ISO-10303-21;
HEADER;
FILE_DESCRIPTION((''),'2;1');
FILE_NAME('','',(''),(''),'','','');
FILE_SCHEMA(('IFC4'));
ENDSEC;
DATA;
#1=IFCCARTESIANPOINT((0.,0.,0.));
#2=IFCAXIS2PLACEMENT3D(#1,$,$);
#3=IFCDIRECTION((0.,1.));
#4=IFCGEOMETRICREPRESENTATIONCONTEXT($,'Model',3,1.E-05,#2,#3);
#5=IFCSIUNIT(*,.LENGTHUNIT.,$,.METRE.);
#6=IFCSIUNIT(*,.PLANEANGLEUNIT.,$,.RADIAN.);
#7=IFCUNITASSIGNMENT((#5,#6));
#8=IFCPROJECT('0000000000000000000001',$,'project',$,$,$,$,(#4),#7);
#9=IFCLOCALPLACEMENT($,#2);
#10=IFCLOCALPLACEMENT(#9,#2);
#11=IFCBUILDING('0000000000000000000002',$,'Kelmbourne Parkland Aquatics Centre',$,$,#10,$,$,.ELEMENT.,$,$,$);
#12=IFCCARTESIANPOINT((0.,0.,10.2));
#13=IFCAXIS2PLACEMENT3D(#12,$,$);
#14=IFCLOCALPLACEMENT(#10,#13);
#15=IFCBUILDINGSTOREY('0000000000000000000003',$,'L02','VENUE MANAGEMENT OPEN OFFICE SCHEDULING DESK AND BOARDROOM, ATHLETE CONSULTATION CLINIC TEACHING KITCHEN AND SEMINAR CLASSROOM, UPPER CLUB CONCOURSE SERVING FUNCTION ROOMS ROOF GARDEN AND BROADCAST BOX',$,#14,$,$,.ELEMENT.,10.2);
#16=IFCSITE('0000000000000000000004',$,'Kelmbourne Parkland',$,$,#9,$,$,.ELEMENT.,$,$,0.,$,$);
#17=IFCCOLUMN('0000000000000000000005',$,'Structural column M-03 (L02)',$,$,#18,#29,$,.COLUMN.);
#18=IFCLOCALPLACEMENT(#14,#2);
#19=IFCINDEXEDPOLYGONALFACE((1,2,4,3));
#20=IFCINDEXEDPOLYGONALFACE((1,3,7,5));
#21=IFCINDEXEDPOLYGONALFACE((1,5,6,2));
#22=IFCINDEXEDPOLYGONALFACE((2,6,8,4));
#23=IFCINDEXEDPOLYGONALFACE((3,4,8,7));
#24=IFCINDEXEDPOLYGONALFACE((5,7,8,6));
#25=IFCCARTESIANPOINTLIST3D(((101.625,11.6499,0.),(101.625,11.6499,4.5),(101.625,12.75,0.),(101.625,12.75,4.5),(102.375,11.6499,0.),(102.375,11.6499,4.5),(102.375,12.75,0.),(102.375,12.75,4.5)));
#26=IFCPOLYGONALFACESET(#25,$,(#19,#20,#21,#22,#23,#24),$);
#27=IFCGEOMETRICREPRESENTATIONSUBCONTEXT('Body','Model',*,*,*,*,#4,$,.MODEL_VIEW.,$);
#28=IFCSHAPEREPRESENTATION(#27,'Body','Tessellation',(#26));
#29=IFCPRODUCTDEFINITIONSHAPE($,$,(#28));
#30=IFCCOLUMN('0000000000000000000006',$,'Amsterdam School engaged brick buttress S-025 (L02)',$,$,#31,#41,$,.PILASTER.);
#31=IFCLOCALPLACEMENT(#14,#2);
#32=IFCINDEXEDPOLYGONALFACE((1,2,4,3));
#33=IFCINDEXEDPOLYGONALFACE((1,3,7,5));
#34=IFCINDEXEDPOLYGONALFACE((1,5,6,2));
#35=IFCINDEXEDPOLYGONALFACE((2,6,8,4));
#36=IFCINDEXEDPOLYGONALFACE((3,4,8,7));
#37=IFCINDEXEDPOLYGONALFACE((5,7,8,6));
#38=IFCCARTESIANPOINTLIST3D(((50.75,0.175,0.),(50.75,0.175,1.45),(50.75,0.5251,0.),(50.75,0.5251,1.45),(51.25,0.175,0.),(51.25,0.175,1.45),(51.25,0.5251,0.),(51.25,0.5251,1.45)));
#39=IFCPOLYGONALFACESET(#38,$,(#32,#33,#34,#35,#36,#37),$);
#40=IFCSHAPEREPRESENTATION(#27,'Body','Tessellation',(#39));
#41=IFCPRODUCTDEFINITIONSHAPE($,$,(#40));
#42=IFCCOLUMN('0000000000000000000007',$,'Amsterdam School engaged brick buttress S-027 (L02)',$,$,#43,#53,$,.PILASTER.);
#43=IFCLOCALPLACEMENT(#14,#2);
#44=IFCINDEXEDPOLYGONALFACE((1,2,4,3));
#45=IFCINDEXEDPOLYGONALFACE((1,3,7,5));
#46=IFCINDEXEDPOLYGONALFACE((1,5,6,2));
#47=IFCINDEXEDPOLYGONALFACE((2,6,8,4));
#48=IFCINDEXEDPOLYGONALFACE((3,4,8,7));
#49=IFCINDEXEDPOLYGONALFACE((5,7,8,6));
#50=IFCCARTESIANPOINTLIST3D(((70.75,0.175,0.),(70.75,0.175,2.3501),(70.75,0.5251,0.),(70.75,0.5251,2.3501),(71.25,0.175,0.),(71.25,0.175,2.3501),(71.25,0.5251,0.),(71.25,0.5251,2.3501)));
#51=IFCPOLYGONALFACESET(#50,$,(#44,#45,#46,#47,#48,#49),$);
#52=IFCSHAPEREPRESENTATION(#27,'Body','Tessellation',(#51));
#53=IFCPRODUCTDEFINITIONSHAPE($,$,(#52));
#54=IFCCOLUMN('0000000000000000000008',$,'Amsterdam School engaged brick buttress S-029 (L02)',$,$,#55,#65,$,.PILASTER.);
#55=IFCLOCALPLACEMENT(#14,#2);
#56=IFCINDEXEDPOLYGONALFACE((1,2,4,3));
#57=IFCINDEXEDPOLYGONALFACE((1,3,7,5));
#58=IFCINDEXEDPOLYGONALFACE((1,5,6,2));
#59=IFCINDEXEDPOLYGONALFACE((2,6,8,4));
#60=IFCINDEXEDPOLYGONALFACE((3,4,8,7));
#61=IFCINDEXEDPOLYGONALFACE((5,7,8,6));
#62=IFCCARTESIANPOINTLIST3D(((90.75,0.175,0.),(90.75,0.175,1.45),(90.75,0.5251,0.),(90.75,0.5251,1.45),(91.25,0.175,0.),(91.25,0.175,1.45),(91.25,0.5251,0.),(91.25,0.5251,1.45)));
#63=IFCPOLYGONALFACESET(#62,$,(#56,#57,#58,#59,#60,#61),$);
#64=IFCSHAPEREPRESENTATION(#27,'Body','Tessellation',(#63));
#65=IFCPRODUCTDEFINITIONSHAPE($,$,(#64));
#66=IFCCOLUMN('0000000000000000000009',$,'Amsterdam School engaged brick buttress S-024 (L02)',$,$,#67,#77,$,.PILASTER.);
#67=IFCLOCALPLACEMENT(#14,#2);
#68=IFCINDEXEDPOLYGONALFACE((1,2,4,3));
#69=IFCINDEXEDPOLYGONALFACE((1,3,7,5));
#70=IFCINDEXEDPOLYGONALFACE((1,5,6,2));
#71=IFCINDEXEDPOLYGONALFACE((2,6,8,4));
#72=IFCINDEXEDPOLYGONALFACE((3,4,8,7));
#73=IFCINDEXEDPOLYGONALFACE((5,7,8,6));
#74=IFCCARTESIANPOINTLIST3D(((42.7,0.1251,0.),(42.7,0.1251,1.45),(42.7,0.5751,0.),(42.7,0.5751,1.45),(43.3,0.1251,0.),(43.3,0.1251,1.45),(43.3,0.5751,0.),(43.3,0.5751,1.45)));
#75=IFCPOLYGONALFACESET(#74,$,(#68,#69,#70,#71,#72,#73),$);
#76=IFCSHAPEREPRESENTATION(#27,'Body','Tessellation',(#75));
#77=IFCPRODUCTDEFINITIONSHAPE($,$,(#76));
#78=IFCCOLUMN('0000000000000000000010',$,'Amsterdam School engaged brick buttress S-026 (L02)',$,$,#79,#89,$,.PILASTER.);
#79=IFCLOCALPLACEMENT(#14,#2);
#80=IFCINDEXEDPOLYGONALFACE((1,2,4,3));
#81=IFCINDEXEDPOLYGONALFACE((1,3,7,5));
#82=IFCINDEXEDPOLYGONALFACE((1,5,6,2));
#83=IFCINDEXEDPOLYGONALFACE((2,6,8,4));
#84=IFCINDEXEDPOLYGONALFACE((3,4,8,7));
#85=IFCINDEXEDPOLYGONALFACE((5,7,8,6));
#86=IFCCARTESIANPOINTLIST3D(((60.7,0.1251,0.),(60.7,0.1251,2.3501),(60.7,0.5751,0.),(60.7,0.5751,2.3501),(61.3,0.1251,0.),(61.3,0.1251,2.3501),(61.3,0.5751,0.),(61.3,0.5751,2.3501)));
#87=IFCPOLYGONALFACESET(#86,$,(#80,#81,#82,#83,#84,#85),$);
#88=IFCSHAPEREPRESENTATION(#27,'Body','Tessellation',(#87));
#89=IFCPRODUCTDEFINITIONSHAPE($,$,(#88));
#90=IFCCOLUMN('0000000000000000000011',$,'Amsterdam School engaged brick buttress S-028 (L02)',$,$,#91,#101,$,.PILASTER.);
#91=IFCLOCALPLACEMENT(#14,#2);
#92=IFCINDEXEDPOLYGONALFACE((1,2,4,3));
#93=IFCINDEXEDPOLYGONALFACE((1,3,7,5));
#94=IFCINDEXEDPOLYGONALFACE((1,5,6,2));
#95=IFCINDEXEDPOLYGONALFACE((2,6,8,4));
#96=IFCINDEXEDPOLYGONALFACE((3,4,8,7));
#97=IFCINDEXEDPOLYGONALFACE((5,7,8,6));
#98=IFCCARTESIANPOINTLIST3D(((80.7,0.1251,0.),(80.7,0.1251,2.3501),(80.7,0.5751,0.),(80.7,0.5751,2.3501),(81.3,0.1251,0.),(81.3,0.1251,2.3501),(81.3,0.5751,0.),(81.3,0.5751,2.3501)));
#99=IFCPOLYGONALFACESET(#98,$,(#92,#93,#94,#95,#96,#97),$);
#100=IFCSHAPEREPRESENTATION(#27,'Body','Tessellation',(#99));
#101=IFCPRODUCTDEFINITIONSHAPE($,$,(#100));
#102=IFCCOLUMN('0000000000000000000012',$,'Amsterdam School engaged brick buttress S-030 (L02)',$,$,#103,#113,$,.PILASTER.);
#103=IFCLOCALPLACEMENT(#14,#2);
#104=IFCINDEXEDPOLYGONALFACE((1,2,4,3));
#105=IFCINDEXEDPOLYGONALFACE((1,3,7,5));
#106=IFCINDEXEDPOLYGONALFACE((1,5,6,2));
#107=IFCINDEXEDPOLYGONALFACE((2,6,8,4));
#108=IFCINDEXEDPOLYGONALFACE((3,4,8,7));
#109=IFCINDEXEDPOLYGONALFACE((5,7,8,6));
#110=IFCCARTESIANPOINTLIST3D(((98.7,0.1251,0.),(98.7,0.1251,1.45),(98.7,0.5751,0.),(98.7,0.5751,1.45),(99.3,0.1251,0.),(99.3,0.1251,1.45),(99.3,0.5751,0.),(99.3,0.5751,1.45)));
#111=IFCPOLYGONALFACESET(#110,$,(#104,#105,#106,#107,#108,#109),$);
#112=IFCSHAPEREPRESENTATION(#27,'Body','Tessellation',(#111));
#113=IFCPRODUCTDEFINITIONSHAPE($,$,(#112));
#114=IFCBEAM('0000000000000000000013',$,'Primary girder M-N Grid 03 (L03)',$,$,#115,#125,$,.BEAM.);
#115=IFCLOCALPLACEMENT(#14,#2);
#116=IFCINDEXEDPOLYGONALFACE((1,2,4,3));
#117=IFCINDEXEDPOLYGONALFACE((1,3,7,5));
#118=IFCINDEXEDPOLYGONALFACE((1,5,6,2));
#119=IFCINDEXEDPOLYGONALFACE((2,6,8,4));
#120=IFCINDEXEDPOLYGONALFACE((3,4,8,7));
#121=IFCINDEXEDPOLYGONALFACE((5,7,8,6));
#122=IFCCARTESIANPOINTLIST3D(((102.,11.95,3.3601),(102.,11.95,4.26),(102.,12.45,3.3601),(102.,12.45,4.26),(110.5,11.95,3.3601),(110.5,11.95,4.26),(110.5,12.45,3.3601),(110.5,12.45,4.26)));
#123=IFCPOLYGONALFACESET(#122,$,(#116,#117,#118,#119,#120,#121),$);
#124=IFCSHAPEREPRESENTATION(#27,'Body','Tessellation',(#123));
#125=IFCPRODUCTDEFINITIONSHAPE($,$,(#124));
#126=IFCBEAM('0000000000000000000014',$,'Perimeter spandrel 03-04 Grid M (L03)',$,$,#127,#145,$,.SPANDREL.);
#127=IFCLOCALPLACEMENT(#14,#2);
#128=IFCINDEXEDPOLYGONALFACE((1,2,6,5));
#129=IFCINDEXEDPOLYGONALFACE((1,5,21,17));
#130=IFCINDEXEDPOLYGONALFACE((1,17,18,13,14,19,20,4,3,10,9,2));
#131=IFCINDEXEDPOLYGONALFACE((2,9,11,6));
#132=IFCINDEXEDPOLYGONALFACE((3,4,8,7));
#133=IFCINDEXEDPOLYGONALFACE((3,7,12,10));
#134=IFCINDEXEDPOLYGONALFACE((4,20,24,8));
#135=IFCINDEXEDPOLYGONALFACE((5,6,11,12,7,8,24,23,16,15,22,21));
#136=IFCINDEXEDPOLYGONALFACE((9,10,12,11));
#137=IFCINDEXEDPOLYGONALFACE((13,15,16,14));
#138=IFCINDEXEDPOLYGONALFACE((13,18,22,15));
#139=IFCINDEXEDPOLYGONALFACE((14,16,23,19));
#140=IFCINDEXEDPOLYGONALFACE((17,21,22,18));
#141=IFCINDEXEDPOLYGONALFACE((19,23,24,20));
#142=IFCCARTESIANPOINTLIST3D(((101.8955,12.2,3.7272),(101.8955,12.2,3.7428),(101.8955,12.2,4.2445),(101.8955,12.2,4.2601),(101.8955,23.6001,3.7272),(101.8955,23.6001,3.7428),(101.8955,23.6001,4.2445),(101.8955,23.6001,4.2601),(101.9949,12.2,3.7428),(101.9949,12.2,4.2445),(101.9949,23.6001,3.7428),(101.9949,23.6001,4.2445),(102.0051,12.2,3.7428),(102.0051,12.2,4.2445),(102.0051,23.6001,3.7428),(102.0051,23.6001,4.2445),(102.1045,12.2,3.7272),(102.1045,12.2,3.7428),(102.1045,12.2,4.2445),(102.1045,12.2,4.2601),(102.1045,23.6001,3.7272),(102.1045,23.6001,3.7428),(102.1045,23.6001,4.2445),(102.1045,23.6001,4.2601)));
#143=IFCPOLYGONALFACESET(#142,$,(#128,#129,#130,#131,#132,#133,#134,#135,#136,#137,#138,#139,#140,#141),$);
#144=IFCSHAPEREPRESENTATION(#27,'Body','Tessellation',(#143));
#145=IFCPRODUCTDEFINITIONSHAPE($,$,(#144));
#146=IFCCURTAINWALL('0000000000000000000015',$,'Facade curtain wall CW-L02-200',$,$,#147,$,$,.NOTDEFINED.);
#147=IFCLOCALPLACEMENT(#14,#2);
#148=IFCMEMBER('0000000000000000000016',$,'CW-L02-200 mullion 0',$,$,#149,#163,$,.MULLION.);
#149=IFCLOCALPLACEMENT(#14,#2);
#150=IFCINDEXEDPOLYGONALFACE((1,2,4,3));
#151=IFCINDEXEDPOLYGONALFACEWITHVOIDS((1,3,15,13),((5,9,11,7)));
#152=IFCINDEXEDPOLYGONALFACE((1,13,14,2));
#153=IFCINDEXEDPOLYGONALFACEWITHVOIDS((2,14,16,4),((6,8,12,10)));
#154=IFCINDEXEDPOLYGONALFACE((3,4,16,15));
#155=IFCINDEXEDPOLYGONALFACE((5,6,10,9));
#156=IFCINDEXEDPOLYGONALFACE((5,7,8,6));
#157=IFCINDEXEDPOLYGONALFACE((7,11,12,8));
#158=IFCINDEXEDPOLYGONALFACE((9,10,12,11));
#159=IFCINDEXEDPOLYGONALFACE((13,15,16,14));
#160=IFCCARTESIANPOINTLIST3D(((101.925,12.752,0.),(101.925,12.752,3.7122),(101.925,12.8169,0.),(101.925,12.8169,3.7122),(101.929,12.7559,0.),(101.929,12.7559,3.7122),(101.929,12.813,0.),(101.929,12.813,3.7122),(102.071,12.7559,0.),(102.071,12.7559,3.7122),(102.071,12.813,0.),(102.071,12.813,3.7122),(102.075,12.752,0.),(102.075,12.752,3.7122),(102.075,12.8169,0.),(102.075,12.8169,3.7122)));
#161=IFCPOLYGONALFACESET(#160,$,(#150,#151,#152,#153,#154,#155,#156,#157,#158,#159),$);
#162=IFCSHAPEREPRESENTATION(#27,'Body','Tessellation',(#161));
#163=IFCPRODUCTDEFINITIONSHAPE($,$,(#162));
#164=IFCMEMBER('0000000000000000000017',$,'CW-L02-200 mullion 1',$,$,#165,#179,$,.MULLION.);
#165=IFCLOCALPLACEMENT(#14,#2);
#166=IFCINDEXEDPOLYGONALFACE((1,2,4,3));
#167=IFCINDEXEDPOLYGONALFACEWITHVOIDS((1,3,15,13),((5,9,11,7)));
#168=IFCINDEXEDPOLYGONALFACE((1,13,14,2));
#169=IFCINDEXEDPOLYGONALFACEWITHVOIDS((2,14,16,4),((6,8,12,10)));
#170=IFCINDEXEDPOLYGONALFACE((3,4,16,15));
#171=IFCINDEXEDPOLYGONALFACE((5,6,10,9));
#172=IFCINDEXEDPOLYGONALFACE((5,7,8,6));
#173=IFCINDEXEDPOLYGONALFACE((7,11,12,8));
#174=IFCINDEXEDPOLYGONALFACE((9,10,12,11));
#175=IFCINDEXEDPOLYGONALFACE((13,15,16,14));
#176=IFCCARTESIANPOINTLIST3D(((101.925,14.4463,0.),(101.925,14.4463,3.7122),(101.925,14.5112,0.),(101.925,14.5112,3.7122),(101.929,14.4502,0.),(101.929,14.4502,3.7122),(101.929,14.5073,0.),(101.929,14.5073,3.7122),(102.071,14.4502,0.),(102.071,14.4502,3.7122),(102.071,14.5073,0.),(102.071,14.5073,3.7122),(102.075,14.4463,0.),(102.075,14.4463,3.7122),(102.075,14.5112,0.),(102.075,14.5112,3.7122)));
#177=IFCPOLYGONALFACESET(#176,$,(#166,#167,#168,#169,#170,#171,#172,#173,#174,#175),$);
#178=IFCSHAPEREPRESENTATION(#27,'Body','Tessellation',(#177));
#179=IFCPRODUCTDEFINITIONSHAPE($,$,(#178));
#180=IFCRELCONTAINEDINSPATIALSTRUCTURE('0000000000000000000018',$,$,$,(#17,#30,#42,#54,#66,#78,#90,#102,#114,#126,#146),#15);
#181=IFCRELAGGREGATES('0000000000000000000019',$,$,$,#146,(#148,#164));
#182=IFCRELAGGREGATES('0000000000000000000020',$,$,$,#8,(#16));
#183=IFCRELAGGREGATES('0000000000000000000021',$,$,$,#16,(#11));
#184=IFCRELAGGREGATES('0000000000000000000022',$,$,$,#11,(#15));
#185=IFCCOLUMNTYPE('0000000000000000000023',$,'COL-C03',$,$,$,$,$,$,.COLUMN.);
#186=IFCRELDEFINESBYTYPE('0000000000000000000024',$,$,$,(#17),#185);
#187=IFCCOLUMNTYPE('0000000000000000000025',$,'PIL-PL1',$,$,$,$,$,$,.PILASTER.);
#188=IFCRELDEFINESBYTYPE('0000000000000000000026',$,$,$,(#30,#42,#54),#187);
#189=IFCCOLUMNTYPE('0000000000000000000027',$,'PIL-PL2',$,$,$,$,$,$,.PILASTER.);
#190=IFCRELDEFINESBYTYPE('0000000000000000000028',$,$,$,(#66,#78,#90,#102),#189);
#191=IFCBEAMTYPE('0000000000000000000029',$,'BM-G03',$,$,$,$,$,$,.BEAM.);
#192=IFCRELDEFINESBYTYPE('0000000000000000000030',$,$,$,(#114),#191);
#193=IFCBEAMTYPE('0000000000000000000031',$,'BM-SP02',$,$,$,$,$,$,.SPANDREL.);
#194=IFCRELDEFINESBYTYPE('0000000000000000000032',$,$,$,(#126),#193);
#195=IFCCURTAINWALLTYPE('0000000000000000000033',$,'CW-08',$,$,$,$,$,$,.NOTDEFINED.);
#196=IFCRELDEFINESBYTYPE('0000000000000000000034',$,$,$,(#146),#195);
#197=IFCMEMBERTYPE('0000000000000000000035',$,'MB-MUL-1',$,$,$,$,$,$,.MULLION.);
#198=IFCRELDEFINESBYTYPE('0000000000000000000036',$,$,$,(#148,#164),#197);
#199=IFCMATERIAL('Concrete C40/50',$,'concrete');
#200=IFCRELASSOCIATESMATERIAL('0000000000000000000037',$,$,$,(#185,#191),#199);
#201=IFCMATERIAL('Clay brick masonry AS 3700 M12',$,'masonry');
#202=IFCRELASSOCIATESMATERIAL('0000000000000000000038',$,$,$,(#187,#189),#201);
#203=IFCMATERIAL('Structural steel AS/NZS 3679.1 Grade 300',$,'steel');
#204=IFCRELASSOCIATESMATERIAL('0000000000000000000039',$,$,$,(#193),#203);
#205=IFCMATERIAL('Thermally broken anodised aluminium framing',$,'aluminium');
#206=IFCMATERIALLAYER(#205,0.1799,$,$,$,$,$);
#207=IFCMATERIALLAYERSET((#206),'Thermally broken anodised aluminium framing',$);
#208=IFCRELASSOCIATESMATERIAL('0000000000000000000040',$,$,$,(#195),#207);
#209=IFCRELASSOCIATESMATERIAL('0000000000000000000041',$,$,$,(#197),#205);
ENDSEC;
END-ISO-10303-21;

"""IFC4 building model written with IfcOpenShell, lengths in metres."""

from ifc_helpers import new_model, si_unit, direction, frame, origin, origin_2d, place, context, subcontext, project, spatial, rectangle, hollow_rectangle, i_section, extrude, material, layer, layer_set, material_profile, profile_set, type_object, element, aggregate, save


model = new_model("IFC4")

# Units and contexts
model_context = context("Model", 3, precision=1e-05, world=origin(), true_north=direction((0.0, 1.0)))
body_context = subcontext(model_context, "Body", "Model", "MODEL_VIEW")
ifc_project = project(units=[si_unit("LENGTHUNIT", "METRE"), si_unit("PLANEANGLEUNIT", "RADIAN")], contexts=[model_context])

# Site, building, storey
site_placement = place(None, origin())
site = spatial("IfcSite", under=ifc_project, at=site_placement, Name="Kelmbourne Parkland", CompositionType="ELEMENT", RefElevation=0.0)
building_placement = place(site_placement, origin())
building = spatial("IfcBuilding", under=site, at=building_placement, Name="Kelmbourne Parkland Aquatics Centre", CompositionType="ELEMENT")
storey_placement = place(building_placement, frame((0.0, 0.0, 10.2)))
storey = spatial("IfcBuildingStorey", under=building, at=storey_placement, Name="L02", Description="VENUE MANAGEMENT OPEN OFFICE SCHEDULING DESK AND BOARDROOM, ATHLETE CONSULTATION CLINIC TEACHING KITCHEN AND SEMINAR CLASSROOM, UPPER CLUB CONCOURSE SERVING FUNCTION ROOMS ROOF GARDEN AND BROADCAST BOX", CompositionType="ELEMENT", Elevation=10.2)

# Columns
ifc_material_1 = material(Name="Concrete C40/50", Category="concrete")
ifc_material_profile_1 = material_profile(ifc_material_1, rectangle(XDim=0.75, YDim=1.1001, at=origin_2d()), Name="RC 750x1100")
ifc_profile_set_1 = profile_set([ifc_material_profile_1], Name="Concrete C40/50")
column_type_1 = type_object("IfcColumnType", Name="COL-C03", PredefinedType="COLUMN", material=ifc_profile_set_1)
column_1_placement = place(storey_placement, frame((102.0, 12.2, 0.0), z_axis=(0.0, 0.0, 1.0), x_axis=(1.0, 0.0, 0.0)))
element("IfcColumn", 1, at=column_1_placement, inside=storey, type_object=column_type_1, Name="Structural column M-03 (L02)", PredefinedType="COLUMN", context=body_context, shape_type="SweptSolid", body=[
    extrude(rectangle(XDim=0.75, YDim=1.1001, at=origin_2d()), origin(), (0.0, 0.0, 1.0), 4.5),
])
ifc_material_2 = material(Name="Clay brick masonry AS 3700 M12", Category="masonry")
ifc_material_profile_2 = material_profile(ifc_material_2, rectangle(XDim=0.3501, YDim=0.5, at=origin_2d()), Name="PIL 350x500")
ifc_profile_set_2 = profile_set([ifc_material_profile_2], Name="Clay brick masonry AS 3700 M12")
column_type_2 = type_object("IfcColumnType", Name="PIL-PL1", PredefinedType="PILASTER", material=ifc_profile_set_2)
column_2_placement = place(storey_placement, frame((51.0, 0.3501, 0.0), z_axis=(0.0, 0.0, 1.0), x_axis=(0.0, 1.0, 0.0)))
element("IfcColumn", 2, at=column_2_placement, inside=storey, type_object=column_type_2, Name="Amsterdam School engaged brick buttress S-025 (L02)", PredefinedType="PILASTER", context=body_context, shape_type="SweptSolid", body=[
    extrude(rectangle(XDim=0.3501, YDim=0.5, at=origin_2d()), origin(), (0.0, 0.0, 1.0), 1.45),
])
column_3_placement = place(storey_placement, frame((71.0, 0.3501, 0.0), z_axis=(0.0, 0.0, 1.0), x_axis=(0.0, 1.0, 0.0)))
element("IfcColumn", 3, at=column_3_placement, inside=storey, type_object=column_type_2, Name="Amsterdam School engaged brick buttress S-027 (L02)", PredefinedType="PILASTER", context=body_context, shape_type="SweptSolid", body=[
    extrude(rectangle(XDim=0.3501, YDim=0.5, at=origin_2d()), origin(), (0.0, 0.0, 1.0), 2.3501),
])
column_4_placement = place(storey_placement, frame((91.0, 0.3501, 0.0), z_axis=(0.0, 0.0, 1.0), x_axis=(0.0, 1.0, 0.0)))
element("IfcColumn", 4, at=column_4_placement, inside=storey, type_object=column_type_2, Name="Amsterdam School engaged brick buttress S-029 (L02)", PredefinedType="PILASTER", context=body_context, shape_type="SweptSolid", body=[
    extrude(rectangle(XDim=0.3501, YDim=0.5, at=origin_2d()), origin(), (0.0, 0.0, 1.0), 1.45),
])
ifc_material_profile_3 = material_profile(ifc_material_2, rectangle(XDim=0.45, YDim=0.6001, at=origin_2d()), Name="PIL 450x600")
ifc_profile_set_3 = profile_set([ifc_material_profile_3], Name="Clay brick masonry AS 3700 M12")
column_type_3 = type_object("IfcColumnType", Name="PIL-PL2", PredefinedType="PILASTER", material=ifc_profile_set_3)
column_5_placement = place(storey_placement, frame((43.0, 0.3501, 0.0), z_axis=(0.0, 0.0, 1.0), x_axis=(0.0, 1.0, 0.0)))
element("IfcColumn", 5, at=column_5_placement, inside=storey, type_object=column_type_3, Name="Amsterdam School engaged brick buttress S-024 (L02)", PredefinedType="PILASTER", context=body_context, shape_type="SweptSolid", body=[
    extrude(rectangle(XDim=0.45, YDim=0.6001, at=origin_2d()), origin(), (0.0, 0.0, 1.0), 1.45),
])
for number, where, z_axis, x_axis, name in (
    (6, (61.0, 0.3501, 0.0), (0.0, 0.0, 1.0), (0.0, 1.0, 0.0), "Amsterdam School engaged brick buttress S-026 (L02)"),
    (7, (81.0, 0.3501, 0.0), (0.0, 0.0, 1.0), (0.0, 1.0, 0.0), "Amsterdam School engaged brick buttress S-028 (L02)"),
):
    element("IfcColumn", number, at=place(storey_placement, frame(where, z_axis=z_axis, x_axis=x_axis)), inside=storey, type_object=column_type_3, Name=name, PredefinedType="PILASTER", context=body_context, shape_type="SweptSolid", body=[
        extrude(rectangle(XDim=0.45, YDim=0.6001, at=origin_2d()), origin(), (0.0, 0.0, 1.0), 2.3501),
    ])
column_6_placement = place(storey_placement, frame((99.0, 0.3501, 0.0), z_axis=(0.0, 0.0, 1.0), x_axis=(0.0, 1.0, 0.0)))
element("IfcColumn", 8, at=column_6_placement, inside=storey, type_object=column_type_3, Name="Amsterdam School engaged brick buttress S-030 (L02)", PredefinedType="PILASTER", context=body_context, shape_type="SweptSolid", body=[
    extrude(rectangle(XDim=0.45, YDim=0.6001, at=origin_2d()), origin(), (0.0, 0.0, 1.0), 1.45),
])

# Beams
ifc_material_profile_4 = material_profile(ifc_material_1, rectangle(XDim=0.5, YDim=0.8999, at=origin_2d()), Name="RC 500x900")
ifc_profile_set_4 = profile_set([ifc_material_profile_4], Name="Concrete C40/50")
beam_type_1 = type_object("IfcBeamType", Name="BM-G03", PredefinedType="BEAM", material=ifc_profile_set_4)
beam_1_placement = place(storey_placement, frame((102.0, 12.2, 3.8101), z_axis=(1.0, 0.0, 0.0), x_axis=(0.0, 1.0, 0.0)))
element("IfcBeam", 9, at=beam_1_placement, inside=storey, type_object=beam_type_1, Name="Primary girder M-N Grid 03 (L03)", PredefinedType="BEAM", context=body_context, shape_type="SweptSolid", body=[
    extrude(rectangle(XDim=0.5, YDim=0.8999, at=origin_2d()), origin(), (0.0, 0.0, 1.0), 8.5),
])
ifc_material_3 = material(Name="Structural steel AS/NZS 3679.1 Grade 300", Category="steel")
ifc_material_profile_5 = material_profile(ifc_material_3, i_section(OverallWidth=0.209, OverallDepth=0.533, WebThickness=0.0103, FlangeThickness=0.0156, at=origin_2d()), Name="530UB92.4")
ifc_profile_set_5 = profile_set([ifc_material_profile_5], Name="Structural steel AS/NZS 3679.1 Grade 300")
beam_type_2 = type_object("IfcBeamType", Name="BM-SP02", PredefinedType="SPANDREL", material=ifc_profile_set_5)
beam_2_placement = place(storey_placement, frame((102.0, 12.2, 3.9937), z_axis=(0.0, 1.0, 0.0), x_axis=(-1.0, 0.0, 0.0)))
element("IfcBeam", 10, at=beam_2_placement, inside=storey, type_object=beam_type_2, Name="Perimeter spandrel 03-04 Grid M (L03)", PredefinedType="SPANDREL", context=body_context, shape_type="SweptSolid", body=[
    extrude(i_section(OverallWidth=0.209, OverallDepth=0.533, WebThickness=0.0103, FlangeThickness=0.0156, at=origin_2d()), origin(), (0.0, 0.0, 1.0), 11.4001),
])

# Curtain wall, members
ifc_material_4 = material(Name="Thermally broken anodised aluminium framing", Category="aluminium")
ifc_layer_1 = layer(ifc_material_4, 0.1799)
ifc_layer_set_1 = layer_set([ifc_layer_1], Name="Thermally broken anodised aluminium framing")
curtain_wall_type = type_object("IfcCurtainWallType", Name="CW-08", PredefinedType="NOTDEFINED", material=ifc_layer_set_1)
curtain_wall_placement = place(storey_placement, origin())
curtain_wall = element("IfcCurtainWall", 11, at=curtain_wall_placement, inside=storey, type_object=curtain_wall_type, Name="Facade curtain wall CW-L02-200", PredefinedType="NOTDEFINED")
ifc_material_profile_6 = material_profile(ifc_material_4, hollow_rectangle(XDim=0.0649, YDim=0.1499, WallThickness=0.0039, at=origin_2d()), Name="CW-M 65x150")
ifc_profile_set_6 = profile_set([ifc_material_profile_6], Name="Thermally broken anodised aluminium framing")
member_type_1 = type_object("IfcMemberType", Name="MB-MUL-1", PredefinedType="MULLION", material=ifc_profile_set_6)
member_1_placement = place(storey_placement, frame((102.0, 12.7844, 0.0), z_axis=(0.0, 0.0, 1.0), x_axis=(0.0, 1.0, 0.0)))
member_1 = element("IfcMember", 12, at=member_1_placement, type_object=member_type_1, Name="CW-L02-200 mullion 0", PredefinedType="MULLION", context=body_context, shape_type="SweptSolid", body=[
    extrude(hollow_rectangle(XDim=0.0649, YDim=0.1499, WallThickness=0.0039, at=origin_2d()), origin(), (0.0, 0.0, 1.0), 3.7122),
])
member_2_placement = place(storey_placement, frame((102.0, 14.4788, 0.0), z_axis=(0.0, 0.0, 1.0), x_axis=(0.0, 1.0, 0.0)))
member_2 = element("IfcMember", 13, at=member_2_placement, type_object=member_type_1, Name="CW-L02-200 mullion 1", PredefinedType="MULLION", context=body_context, shape_type="SweptSolid", body=[
    extrude(hollow_rectangle(XDim=0.0649, YDim=0.1499, WallThickness=0.0039, at=origin_2d()), origin(), (0.0, 0.0, 1.0), 3.7122),
])
aggregate(curtain_wall, [member_1, member_2])

save(model, "model.ifc")
